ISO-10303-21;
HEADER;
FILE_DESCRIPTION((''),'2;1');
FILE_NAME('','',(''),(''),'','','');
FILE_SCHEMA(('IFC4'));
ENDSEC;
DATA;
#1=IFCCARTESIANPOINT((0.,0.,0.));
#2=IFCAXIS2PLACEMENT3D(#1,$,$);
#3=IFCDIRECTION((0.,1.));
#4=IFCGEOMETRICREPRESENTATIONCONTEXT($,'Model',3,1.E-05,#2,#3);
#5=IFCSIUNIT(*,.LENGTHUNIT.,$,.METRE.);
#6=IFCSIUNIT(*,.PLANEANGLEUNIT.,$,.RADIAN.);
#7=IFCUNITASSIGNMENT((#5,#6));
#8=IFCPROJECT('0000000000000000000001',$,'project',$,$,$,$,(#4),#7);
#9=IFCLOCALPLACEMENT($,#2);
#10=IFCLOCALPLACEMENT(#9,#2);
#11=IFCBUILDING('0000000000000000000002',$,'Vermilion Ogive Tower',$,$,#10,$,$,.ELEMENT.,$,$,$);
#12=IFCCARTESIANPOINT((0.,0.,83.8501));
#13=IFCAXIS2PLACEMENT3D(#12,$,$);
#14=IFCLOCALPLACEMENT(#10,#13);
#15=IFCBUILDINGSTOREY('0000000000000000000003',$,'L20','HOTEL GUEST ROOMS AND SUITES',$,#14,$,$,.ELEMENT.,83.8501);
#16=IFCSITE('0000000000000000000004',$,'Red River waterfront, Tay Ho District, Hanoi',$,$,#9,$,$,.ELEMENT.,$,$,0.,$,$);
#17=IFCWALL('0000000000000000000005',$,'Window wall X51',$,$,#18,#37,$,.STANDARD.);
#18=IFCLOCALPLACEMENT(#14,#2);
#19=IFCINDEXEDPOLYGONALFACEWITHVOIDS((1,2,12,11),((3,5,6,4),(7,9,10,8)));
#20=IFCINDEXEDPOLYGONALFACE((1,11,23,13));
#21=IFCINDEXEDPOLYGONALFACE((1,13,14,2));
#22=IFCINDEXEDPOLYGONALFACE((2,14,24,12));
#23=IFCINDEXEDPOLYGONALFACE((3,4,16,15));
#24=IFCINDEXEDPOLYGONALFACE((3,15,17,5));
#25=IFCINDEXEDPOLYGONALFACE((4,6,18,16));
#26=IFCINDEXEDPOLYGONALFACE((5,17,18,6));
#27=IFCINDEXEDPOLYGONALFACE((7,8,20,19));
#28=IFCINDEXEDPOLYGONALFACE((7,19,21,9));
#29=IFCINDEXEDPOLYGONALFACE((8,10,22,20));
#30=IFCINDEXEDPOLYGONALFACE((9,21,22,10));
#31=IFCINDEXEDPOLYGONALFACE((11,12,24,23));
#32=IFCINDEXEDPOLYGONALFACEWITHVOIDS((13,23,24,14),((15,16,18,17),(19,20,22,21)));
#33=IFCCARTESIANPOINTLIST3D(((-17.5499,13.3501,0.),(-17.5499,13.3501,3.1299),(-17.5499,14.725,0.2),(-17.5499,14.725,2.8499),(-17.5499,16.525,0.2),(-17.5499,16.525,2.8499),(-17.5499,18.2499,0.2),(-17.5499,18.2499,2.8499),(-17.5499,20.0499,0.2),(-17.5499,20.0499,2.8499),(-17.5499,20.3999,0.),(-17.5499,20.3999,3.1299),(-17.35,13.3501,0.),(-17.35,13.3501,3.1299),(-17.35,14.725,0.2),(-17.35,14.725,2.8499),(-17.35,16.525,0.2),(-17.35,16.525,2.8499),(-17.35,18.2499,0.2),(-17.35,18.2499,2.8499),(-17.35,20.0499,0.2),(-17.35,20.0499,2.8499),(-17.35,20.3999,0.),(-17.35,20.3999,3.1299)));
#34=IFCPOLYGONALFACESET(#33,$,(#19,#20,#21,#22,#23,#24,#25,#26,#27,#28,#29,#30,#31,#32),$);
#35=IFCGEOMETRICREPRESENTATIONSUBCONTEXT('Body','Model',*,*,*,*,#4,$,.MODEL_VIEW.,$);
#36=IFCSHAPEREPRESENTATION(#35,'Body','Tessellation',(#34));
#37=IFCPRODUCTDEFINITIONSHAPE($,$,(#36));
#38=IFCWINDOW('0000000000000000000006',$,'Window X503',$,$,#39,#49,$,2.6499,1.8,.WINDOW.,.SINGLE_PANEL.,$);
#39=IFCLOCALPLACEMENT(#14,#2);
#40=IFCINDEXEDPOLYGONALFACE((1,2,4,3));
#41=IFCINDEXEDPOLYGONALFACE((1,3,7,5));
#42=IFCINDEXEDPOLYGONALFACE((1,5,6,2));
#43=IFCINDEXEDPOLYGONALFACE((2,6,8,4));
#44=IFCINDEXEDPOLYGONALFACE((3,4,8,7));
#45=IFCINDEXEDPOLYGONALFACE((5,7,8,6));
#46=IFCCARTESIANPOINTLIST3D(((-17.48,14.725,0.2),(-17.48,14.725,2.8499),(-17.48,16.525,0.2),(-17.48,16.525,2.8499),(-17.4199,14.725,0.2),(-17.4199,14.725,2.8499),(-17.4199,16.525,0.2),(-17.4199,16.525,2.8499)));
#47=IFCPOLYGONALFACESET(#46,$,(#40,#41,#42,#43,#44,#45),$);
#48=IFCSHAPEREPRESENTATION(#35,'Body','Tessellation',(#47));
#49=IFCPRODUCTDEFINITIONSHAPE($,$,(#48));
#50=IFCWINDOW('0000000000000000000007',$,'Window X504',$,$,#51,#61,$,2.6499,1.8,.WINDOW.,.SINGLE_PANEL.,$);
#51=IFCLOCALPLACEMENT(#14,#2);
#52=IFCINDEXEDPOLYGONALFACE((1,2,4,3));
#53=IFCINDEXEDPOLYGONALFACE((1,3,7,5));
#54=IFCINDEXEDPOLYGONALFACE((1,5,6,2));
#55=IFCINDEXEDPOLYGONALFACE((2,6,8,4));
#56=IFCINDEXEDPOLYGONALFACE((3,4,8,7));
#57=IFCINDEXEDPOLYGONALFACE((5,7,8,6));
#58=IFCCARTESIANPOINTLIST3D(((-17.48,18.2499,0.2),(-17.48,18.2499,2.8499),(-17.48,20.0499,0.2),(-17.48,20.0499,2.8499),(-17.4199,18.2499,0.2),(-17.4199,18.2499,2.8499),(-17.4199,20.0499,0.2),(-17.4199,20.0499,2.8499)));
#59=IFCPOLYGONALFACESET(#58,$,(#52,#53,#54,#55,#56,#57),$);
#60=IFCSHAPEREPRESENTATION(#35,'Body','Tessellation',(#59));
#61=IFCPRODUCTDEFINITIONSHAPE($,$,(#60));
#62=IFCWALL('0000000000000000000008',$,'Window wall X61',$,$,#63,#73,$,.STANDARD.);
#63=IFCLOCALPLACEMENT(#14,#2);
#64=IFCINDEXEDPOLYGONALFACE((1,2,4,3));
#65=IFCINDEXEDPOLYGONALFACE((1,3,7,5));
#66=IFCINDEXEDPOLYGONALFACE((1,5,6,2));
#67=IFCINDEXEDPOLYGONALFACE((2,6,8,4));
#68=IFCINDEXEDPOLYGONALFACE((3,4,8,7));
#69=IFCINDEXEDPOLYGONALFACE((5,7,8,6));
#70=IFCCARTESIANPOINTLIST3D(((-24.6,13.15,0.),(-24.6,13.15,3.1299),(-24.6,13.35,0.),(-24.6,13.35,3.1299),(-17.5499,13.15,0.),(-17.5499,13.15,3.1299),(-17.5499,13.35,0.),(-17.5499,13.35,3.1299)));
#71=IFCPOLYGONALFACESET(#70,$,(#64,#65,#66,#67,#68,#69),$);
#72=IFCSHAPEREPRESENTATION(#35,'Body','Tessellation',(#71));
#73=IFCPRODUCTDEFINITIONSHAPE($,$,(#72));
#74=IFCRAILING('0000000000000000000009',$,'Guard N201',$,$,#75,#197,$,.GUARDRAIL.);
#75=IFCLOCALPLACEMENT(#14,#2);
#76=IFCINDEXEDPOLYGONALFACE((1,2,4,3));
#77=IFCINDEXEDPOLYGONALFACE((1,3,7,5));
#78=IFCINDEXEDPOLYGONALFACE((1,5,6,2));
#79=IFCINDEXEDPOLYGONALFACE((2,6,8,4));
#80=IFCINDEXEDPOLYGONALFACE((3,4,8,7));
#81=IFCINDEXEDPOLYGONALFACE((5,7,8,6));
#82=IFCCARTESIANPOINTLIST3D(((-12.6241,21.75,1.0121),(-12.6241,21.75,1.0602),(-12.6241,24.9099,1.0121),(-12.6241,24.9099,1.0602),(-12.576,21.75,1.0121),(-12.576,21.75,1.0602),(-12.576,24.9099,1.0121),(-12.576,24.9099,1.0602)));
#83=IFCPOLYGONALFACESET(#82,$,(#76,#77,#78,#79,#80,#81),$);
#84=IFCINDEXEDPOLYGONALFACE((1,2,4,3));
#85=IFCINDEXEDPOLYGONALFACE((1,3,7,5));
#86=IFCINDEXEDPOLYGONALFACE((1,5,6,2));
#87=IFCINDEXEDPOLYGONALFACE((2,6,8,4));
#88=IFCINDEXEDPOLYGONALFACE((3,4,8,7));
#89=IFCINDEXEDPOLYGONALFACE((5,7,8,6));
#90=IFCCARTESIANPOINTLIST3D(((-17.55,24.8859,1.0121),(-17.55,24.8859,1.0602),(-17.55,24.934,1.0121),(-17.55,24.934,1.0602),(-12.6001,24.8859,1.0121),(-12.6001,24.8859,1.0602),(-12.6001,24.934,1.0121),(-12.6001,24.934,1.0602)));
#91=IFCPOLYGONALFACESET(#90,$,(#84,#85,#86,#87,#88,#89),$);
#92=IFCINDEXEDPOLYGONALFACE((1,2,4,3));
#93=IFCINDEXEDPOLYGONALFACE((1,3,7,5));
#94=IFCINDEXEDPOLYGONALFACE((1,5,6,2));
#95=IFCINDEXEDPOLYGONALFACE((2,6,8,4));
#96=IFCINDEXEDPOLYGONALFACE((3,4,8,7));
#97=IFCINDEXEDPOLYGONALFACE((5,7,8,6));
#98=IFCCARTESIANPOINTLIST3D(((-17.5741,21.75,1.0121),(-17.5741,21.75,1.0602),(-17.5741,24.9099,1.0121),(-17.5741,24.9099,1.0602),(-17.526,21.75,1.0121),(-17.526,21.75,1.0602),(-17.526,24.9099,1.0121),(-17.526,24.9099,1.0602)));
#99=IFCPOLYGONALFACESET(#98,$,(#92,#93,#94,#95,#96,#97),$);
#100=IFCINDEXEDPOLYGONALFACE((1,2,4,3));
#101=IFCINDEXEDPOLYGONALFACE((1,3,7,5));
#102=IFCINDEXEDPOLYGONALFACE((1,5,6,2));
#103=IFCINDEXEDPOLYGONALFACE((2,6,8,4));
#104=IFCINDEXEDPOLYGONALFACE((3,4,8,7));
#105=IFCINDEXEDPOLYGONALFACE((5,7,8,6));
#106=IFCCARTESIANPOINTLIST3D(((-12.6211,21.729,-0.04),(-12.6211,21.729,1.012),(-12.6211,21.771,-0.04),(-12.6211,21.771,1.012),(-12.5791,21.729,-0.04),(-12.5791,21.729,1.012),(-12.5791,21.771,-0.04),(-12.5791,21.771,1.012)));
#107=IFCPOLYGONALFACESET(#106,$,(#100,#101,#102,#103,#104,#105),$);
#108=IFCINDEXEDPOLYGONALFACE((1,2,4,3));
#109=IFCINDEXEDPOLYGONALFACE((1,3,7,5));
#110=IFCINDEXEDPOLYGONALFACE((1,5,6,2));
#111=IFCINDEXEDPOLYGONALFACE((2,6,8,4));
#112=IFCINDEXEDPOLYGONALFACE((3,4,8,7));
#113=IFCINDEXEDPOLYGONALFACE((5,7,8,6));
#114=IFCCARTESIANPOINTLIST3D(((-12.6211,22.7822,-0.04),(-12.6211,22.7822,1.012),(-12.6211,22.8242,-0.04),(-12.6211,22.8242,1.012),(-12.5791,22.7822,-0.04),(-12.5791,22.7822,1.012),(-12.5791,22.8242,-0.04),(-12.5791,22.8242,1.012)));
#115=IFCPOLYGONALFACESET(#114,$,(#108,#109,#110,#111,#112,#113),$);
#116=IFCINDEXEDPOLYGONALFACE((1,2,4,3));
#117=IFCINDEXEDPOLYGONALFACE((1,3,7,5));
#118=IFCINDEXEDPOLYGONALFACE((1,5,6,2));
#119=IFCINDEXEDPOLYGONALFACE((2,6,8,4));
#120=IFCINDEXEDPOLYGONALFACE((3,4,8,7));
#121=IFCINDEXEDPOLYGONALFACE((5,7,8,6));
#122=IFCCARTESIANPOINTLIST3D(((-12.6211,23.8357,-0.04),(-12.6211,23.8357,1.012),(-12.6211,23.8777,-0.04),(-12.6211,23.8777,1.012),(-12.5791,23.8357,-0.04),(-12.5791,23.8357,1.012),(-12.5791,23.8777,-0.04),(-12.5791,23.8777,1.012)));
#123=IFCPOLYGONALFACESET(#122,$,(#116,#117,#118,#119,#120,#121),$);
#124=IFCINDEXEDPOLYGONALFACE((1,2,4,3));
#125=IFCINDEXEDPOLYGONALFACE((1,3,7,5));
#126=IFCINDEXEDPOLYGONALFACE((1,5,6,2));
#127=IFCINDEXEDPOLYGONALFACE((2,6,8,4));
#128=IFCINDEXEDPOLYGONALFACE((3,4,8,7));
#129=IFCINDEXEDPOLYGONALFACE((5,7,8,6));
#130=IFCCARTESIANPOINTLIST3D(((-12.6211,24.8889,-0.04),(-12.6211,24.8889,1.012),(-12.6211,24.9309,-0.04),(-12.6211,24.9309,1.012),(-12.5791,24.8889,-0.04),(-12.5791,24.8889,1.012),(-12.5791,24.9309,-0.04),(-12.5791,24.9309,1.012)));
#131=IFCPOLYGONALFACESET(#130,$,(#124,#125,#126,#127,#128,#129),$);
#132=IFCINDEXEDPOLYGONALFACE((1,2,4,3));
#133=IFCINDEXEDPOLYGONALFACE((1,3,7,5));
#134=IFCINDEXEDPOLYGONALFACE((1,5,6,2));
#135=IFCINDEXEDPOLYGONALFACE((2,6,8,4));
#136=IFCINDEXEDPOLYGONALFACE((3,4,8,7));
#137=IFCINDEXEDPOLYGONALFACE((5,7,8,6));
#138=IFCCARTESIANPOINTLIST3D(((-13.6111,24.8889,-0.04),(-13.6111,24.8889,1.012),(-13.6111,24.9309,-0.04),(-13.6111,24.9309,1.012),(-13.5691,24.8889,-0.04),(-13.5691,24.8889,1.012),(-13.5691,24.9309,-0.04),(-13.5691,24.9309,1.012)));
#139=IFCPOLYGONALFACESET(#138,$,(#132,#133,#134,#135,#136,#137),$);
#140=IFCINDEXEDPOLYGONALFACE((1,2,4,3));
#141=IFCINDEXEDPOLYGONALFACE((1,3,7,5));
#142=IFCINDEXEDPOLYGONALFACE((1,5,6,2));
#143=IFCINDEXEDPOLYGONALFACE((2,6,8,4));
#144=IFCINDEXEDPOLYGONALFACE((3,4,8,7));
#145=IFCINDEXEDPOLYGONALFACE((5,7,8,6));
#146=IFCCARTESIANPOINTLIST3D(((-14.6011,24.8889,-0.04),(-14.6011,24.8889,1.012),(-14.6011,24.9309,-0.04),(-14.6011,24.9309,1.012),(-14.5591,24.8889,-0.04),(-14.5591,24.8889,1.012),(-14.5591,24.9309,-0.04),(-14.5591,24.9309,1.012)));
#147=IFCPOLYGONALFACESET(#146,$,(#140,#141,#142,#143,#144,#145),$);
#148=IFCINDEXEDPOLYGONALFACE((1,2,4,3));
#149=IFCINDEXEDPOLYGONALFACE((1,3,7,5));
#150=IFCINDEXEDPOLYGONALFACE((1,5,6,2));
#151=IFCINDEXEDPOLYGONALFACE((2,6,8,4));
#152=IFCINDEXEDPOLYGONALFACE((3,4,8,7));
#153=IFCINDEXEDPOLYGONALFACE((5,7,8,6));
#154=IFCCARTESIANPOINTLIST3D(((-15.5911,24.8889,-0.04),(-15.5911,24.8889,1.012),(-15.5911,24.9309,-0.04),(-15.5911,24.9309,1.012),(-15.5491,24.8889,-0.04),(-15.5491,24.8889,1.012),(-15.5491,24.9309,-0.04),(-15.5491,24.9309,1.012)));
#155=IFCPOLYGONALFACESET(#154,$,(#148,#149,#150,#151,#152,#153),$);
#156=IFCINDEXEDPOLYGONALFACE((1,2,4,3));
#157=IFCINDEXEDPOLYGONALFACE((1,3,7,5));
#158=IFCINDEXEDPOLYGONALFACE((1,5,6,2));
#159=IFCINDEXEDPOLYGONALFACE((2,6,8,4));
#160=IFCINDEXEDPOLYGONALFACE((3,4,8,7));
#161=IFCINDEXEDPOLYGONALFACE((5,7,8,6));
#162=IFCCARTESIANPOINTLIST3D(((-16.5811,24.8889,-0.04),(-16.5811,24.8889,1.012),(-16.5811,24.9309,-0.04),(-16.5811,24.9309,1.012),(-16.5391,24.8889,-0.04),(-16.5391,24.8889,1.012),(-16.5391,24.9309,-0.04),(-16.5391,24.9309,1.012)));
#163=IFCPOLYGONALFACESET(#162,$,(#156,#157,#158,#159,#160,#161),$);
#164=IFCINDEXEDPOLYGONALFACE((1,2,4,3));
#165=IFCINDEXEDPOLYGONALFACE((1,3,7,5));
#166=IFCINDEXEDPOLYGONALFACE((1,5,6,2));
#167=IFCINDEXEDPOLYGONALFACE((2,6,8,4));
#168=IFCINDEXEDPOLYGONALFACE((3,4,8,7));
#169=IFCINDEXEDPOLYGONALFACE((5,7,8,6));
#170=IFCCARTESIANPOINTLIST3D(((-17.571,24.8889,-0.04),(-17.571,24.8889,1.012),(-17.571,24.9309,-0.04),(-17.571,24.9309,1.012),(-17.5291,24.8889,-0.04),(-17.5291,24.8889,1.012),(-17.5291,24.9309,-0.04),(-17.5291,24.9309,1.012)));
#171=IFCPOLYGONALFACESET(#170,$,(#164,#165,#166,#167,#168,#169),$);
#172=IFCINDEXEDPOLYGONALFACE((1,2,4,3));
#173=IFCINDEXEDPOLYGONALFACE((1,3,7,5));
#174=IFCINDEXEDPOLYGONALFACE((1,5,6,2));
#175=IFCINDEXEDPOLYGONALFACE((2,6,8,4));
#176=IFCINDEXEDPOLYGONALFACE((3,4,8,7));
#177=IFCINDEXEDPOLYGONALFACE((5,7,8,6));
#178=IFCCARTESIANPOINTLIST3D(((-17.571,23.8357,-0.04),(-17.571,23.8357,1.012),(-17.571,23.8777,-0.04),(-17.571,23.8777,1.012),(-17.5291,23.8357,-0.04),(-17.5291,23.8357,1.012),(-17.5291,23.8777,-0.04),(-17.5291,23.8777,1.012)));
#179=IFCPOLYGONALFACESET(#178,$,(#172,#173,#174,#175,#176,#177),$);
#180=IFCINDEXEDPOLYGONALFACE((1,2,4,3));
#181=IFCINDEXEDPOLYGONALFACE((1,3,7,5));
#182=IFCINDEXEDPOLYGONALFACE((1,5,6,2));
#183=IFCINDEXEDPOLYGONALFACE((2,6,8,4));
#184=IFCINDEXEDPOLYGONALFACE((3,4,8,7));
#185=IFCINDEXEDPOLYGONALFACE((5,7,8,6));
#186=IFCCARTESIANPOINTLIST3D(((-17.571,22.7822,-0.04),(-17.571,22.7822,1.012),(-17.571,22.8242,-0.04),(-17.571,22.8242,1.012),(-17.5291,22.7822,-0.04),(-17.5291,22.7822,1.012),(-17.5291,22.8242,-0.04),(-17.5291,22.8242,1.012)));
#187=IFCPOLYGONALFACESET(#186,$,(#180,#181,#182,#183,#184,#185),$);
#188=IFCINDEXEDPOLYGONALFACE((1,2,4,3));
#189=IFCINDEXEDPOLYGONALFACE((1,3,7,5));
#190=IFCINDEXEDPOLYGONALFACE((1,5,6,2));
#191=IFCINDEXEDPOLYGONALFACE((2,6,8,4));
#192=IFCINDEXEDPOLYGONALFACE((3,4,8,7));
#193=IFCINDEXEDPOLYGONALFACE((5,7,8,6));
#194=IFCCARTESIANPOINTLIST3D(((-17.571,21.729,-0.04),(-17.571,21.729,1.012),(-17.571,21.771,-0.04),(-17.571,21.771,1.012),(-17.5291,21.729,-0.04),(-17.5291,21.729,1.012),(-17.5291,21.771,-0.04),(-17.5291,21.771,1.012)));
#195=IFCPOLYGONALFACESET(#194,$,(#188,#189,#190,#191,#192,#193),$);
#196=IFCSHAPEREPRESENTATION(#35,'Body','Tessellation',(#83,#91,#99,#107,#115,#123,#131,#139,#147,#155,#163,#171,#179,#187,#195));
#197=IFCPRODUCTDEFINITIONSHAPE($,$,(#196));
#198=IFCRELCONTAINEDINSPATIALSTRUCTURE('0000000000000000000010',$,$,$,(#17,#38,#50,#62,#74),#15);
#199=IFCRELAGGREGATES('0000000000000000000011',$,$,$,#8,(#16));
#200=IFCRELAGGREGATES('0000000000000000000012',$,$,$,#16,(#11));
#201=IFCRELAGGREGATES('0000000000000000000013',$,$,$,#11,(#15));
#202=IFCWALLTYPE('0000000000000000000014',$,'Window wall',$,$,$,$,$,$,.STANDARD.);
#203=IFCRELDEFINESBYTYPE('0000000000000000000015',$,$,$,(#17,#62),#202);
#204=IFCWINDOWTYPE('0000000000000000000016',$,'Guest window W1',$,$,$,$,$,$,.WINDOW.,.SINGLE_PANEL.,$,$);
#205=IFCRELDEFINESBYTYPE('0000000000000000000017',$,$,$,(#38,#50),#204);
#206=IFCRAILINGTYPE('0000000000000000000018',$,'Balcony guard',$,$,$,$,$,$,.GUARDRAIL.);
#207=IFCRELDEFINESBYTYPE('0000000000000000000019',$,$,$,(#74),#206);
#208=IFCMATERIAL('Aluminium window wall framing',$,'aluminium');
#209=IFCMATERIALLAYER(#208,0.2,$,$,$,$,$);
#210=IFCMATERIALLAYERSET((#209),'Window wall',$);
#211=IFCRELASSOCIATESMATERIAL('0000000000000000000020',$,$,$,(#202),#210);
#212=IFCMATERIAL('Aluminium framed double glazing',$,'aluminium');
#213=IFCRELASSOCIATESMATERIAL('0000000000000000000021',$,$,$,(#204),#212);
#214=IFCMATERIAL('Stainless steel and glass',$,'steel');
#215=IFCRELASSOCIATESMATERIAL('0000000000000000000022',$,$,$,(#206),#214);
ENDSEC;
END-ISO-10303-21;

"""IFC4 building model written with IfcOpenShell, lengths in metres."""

from ifc_helpers import new_model, si_unit, direction, frame, frame_2d, origin, origin_2d, place, context, subcontext, project, spatial, rectangle, extrude, material, layer, layer_set, type_object, element, fill, save


model = new_model("IFC4")

# Units and contexts
model_context = context("Model", 3, precision=1e-05, world=origin(), true_north=direction((0.0, 1.0)))
body_context = subcontext(model_context, "Body", "Model", "MODEL_VIEW")
ifc_project = project(units=[si_unit("LENGTHUNIT", "METRE"), si_unit("PLANEANGLEUNIT", "RADIAN")], contexts=[model_context])

# Site, building, storey
site_placement = place(None, origin())
site = spatial("IfcSite", under=ifc_project, at=site_placement, Name="Red River waterfront, Tay Ho District, Hanoi", CompositionType="ELEMENT", RefElevation=0.0)
building_placement = place(site_placement, origin())
building = spatial("IfcBuilding", under=site, at=building_placement, Name="Vermilion Ogive Tower", CompositionType="ELEMENT")
storey_placement = place(building_placement, frame((0.0, 0.0, 83.8501)))
storey = spatial("IfcBuildingStorey", under=building, at=storey_placement, Name="L20", Description="HOTEL GUEST ROOMS AND SUITES", CompositionType="ELEMENT", Elevation=83.8501)

# Shared definitions
ifc_material_1 = material(Name="Aluminium window wall framing", Category="aluminium")
ifc_layer_1 = layer(ifc_material_1, 0.2)
ifc_layer_set_1 = layer_set([ifc_layer_1], Name="Window wall")
wall_type_1 = type_object("IfcWallType", Name="Window wall", PredefinedType="STANDARD", material=ifc_layer_set_1)
ifc_material_2 = material(Name="Aluminium framed double glazing", Category="aluminium")
window_type = type_object("IfcWindowType", Name="Guest window W1", PartitioningType="SINGLE_PANEL", PredefinedType="WINDOW", material=ifc_material_2)

# Wall, openings, windows
wall_1_placement = place(storey_placement, frame((-17.45, 20.3999, 0.0), z_axis=(0.0, 0.0, 1.0), x_axis=(0.0, -1.0, 0.0)))
wall_1 = element("IfcWall", 1, at=wall_1_placement, inside=storey, type_object=wall_type_1, Name="Window wall X51", PredefinedType="STANDARD", context=body_context, shape_type="SweptSolid", body=[
    extrude(rectangle(XDim=7.0498, YDim=0.2, at=frame_2d((3.5249, 0.0))), origin(), (0.0, 0.0, 1.0), 3.1299),
])
opening_1_placement = place(wall_1_placement, frame((3.875, 0.0, 0.2)))
opening_1 = element("IfcOpeningElement", 2, at=opening_1_placement, cuts=wall_1, PredefinedType="OPENING", context=body_context, shape_type="SweptSolid", body=[
    extrude(rectangle(XDim=1.8, YDim=2.6499, at=frame_2d((0.8999, 1.325))), frame((0.0, 0.1099, 0.0), z_axis=(0.0, -1.0, 0.0), x_axis=(1.0, 0.0, 0.0)), (0.0, 0.0, 1.0), 0.22),
])
opening_2_placement = place(wall_1_placement, frame((0.3501, 0.0, 0.2)))
opening_2 = element("IfcOpeningElement", 3, at=opening_2_placement, cuts=wall_1, PredefinedType="OPENING", context=body_context, shape_type="SweptSolid", body=[
    extrude(rectangle(XDim=1.8, YDim=2.6499, at=frame_2d((0.8999, 1.325))), frame((0.0, 0.1099, 0.0), z_axis=(0.0, -1.0, 0.0), x_axis=(1.0, 0.0, 0.0)), (0.0, 0.0, 1.0), 0.22),
])
window_1_placement = place(opening_1_placement, origin())
window_1 = element("IfcWindow", 4, at=window_1_placement, inside=storey, type_object=window_type, Name="Window X503", OverallHeight=2.6499, OverallWidth=1.8, PartitioningType="SINGLE_PANEL", PredefinedType="WINDOW", context=body_context, shape_type="SweptSolid", body=[
    extrude(rectangle(XDim=1.8, YDim=2.6499, at=frame_2d((0.8999, 1.325))), frame((0.0, 0.03, 0.0), z_axis=(0.0, -1.0, 0.0), x_axis=(1.0, 0.0, 0.0)), (0.0, 0.0, 1.0), 0.0601),
])
fill(opening_1, window_1)
window_2_placement = place(opening_2_placement, origin())
window_2 = element("IfcWindow", 5, at=window_2_placement, inside=storey, type_object=window_type, Name="Window X504", OverallHeight=2.6499, OverallWidth=1.8, PartitioningType="SINGLE_PANEL", PredefinedType="WINDOW", context=body_context, shape_type="SweptSolid", body=[
    extrude(rectangle(XDim=1.8, YDim=2.6499, at=frame_2d((0.8999, 1.325))), frame((0.0, 0.03, 0.0), z_axis=(0.0, -1.0, 0.0), x_axis=(1.0, 0.0, 0.0)), (0.0, 0.0, 1.0), 0.0601),
])
fill(opening_2, window_2)

# Wall
wall_2_placement = place(storey_placement, frame((-17.55, 13.25, 0.0), z_axis=(0.0, 0.0, 1.0), x_axis=(-1.0, 0.0, 0.0)))
element("IfcWall", 6, at=wall_2_placement, inside=storey, type_object=wall_type_1, Name="Window wall X61", PredefinedType="STANDARD", context=body_context, shape_type="SweptSolid", body=[
    extrude(rectangle(XDim=7.05, YDim=0.2, at=frame_2d((3.5249, 0.0))), origin(), (0.0, 0.0, 1.0), 3.1299),
])

# Railing
ifc_material_3 = material(Name="Stainless steel and glass", Category="steel")
railing_type = type_object("IfcRailingType", Name="Balcony guard", PredefinedType="GUARDRAIL", material=ifc_material_3)
railing_1_placement = place(storey_placement, frame((-12.6001, 21.75, -0.04)))
element("IfcRailing", 7, at=railing_1_placement, inside=storey, type_object=railing_type, Name="Guard N201", PredefinedType="GUARDRAIL", context=body_context, shape_type="SweptSolid", body=[
    extrude(rectangle(XDim=0.0481, YDim=0.0481, at=origin_2d()), frame((0.0, 0.0, 1.0762), z_axis=(0.0, 1.0, 0.0), x_axis=(-1.0, 0.0, 0.0)), (0.0, 0.0, 1.0), 3.1599),
    extrude(rectangle(XDim=0.0481, YDim=0.0481, at=origin_2d()), frame((0.0, 3.1599, 1.0762), z_axis=(-1.0, 0.0, 0.0), x_axis=(0.0, -1.0, 0.0)), (0.0, 0.0, 1.0), 4.95),
    extrude(rectangle(XDim=0.0481, YDim=0.0481, at=origin_2d()), frame((-4.95, 3.1599, 1.0762), z_axis=(0.0, -1.0, 0.0), x_axis=(1.0, 0.0, 0.0)), (0.0, 0.0, 1.0), 3.1599),
    extrude(rectangle(XDim=0.042, YDim=0.042, at=origin_2d()), origin(), (0.0, 0.0, 1.0), 1.052),
    extrude(rectangle(XDim=0.042, YDim=0.042, at=origin_2d()), frame((0.0, 1.0532, 0.0)), (0.0, 0.0, 1.0), 1.052),
    extrude(rectangle(XDim=0.042, YDim=0.042, at=origin_2d()), frame((0.0, 2.1067, 0.0)), (0.0, 0.0, 1.0), 1.052),
    extrude(rectangle(XDim=0.042, YDim=0.042, at=origin_2d()), frame((0.0, 3.1599, 0.0)), (0.0, 0.0, 1.0), 1.052),
    extrude(rectangle(XDim=0.042, YDim=0.042, at=origin_2d()), frame((-0.99, 3.1599, 0.0)), (0.0, 0.0, 1.0), 1.052),
    extrude(rectangle(XDim=0.042, YDim=0.042, at=origin_2d()), frame((-1.98, 3.1599, 0.0)), (0.0, 0.0, 1.0), 1.052),
    extrude(rectangle(XDim=0.042, YDim=0.042, at=origin_2d()), frame((-2.97, 3.1599, 0.0)), (0.0, 0.0, 1.0), 1.052),
    extrude(rectangle(XDim=0.042, YDim=0.042, at=origin_2d()), frame((-3.96, 3.1599, 0.0)), (0.0, 0.0, 1.0), 1.052),
    extrude(rectangle(XDim=0.042, YDim=0.042, at=origin_2d()), frame((-4.95, 3.1599, 0.0)), (0.0, 0.0, 1.0), 1.052),
    extrude(rectangle(XDim=0.042, YDim=0.042, at=origin_2d()), frame((-4.95, 2.1067, 0.0)), (0.0, 0.0, 1.0), 1.052),
    extrude(rectangle(XDim=0.042, YDim=0.042, at=origin_2d()), frame((-4.95, 1.0532, 0.0)), (0.0, 0.0, 1.0), 1.052),
    extrude(rectangle(XDim=0.042, YDim=0.042, at=origin_2d()), frame((-4.95, 0.0, 0.0)), (0.0, 0.0, 1.0), 1.052),
])

save(model, "model.ifc")
